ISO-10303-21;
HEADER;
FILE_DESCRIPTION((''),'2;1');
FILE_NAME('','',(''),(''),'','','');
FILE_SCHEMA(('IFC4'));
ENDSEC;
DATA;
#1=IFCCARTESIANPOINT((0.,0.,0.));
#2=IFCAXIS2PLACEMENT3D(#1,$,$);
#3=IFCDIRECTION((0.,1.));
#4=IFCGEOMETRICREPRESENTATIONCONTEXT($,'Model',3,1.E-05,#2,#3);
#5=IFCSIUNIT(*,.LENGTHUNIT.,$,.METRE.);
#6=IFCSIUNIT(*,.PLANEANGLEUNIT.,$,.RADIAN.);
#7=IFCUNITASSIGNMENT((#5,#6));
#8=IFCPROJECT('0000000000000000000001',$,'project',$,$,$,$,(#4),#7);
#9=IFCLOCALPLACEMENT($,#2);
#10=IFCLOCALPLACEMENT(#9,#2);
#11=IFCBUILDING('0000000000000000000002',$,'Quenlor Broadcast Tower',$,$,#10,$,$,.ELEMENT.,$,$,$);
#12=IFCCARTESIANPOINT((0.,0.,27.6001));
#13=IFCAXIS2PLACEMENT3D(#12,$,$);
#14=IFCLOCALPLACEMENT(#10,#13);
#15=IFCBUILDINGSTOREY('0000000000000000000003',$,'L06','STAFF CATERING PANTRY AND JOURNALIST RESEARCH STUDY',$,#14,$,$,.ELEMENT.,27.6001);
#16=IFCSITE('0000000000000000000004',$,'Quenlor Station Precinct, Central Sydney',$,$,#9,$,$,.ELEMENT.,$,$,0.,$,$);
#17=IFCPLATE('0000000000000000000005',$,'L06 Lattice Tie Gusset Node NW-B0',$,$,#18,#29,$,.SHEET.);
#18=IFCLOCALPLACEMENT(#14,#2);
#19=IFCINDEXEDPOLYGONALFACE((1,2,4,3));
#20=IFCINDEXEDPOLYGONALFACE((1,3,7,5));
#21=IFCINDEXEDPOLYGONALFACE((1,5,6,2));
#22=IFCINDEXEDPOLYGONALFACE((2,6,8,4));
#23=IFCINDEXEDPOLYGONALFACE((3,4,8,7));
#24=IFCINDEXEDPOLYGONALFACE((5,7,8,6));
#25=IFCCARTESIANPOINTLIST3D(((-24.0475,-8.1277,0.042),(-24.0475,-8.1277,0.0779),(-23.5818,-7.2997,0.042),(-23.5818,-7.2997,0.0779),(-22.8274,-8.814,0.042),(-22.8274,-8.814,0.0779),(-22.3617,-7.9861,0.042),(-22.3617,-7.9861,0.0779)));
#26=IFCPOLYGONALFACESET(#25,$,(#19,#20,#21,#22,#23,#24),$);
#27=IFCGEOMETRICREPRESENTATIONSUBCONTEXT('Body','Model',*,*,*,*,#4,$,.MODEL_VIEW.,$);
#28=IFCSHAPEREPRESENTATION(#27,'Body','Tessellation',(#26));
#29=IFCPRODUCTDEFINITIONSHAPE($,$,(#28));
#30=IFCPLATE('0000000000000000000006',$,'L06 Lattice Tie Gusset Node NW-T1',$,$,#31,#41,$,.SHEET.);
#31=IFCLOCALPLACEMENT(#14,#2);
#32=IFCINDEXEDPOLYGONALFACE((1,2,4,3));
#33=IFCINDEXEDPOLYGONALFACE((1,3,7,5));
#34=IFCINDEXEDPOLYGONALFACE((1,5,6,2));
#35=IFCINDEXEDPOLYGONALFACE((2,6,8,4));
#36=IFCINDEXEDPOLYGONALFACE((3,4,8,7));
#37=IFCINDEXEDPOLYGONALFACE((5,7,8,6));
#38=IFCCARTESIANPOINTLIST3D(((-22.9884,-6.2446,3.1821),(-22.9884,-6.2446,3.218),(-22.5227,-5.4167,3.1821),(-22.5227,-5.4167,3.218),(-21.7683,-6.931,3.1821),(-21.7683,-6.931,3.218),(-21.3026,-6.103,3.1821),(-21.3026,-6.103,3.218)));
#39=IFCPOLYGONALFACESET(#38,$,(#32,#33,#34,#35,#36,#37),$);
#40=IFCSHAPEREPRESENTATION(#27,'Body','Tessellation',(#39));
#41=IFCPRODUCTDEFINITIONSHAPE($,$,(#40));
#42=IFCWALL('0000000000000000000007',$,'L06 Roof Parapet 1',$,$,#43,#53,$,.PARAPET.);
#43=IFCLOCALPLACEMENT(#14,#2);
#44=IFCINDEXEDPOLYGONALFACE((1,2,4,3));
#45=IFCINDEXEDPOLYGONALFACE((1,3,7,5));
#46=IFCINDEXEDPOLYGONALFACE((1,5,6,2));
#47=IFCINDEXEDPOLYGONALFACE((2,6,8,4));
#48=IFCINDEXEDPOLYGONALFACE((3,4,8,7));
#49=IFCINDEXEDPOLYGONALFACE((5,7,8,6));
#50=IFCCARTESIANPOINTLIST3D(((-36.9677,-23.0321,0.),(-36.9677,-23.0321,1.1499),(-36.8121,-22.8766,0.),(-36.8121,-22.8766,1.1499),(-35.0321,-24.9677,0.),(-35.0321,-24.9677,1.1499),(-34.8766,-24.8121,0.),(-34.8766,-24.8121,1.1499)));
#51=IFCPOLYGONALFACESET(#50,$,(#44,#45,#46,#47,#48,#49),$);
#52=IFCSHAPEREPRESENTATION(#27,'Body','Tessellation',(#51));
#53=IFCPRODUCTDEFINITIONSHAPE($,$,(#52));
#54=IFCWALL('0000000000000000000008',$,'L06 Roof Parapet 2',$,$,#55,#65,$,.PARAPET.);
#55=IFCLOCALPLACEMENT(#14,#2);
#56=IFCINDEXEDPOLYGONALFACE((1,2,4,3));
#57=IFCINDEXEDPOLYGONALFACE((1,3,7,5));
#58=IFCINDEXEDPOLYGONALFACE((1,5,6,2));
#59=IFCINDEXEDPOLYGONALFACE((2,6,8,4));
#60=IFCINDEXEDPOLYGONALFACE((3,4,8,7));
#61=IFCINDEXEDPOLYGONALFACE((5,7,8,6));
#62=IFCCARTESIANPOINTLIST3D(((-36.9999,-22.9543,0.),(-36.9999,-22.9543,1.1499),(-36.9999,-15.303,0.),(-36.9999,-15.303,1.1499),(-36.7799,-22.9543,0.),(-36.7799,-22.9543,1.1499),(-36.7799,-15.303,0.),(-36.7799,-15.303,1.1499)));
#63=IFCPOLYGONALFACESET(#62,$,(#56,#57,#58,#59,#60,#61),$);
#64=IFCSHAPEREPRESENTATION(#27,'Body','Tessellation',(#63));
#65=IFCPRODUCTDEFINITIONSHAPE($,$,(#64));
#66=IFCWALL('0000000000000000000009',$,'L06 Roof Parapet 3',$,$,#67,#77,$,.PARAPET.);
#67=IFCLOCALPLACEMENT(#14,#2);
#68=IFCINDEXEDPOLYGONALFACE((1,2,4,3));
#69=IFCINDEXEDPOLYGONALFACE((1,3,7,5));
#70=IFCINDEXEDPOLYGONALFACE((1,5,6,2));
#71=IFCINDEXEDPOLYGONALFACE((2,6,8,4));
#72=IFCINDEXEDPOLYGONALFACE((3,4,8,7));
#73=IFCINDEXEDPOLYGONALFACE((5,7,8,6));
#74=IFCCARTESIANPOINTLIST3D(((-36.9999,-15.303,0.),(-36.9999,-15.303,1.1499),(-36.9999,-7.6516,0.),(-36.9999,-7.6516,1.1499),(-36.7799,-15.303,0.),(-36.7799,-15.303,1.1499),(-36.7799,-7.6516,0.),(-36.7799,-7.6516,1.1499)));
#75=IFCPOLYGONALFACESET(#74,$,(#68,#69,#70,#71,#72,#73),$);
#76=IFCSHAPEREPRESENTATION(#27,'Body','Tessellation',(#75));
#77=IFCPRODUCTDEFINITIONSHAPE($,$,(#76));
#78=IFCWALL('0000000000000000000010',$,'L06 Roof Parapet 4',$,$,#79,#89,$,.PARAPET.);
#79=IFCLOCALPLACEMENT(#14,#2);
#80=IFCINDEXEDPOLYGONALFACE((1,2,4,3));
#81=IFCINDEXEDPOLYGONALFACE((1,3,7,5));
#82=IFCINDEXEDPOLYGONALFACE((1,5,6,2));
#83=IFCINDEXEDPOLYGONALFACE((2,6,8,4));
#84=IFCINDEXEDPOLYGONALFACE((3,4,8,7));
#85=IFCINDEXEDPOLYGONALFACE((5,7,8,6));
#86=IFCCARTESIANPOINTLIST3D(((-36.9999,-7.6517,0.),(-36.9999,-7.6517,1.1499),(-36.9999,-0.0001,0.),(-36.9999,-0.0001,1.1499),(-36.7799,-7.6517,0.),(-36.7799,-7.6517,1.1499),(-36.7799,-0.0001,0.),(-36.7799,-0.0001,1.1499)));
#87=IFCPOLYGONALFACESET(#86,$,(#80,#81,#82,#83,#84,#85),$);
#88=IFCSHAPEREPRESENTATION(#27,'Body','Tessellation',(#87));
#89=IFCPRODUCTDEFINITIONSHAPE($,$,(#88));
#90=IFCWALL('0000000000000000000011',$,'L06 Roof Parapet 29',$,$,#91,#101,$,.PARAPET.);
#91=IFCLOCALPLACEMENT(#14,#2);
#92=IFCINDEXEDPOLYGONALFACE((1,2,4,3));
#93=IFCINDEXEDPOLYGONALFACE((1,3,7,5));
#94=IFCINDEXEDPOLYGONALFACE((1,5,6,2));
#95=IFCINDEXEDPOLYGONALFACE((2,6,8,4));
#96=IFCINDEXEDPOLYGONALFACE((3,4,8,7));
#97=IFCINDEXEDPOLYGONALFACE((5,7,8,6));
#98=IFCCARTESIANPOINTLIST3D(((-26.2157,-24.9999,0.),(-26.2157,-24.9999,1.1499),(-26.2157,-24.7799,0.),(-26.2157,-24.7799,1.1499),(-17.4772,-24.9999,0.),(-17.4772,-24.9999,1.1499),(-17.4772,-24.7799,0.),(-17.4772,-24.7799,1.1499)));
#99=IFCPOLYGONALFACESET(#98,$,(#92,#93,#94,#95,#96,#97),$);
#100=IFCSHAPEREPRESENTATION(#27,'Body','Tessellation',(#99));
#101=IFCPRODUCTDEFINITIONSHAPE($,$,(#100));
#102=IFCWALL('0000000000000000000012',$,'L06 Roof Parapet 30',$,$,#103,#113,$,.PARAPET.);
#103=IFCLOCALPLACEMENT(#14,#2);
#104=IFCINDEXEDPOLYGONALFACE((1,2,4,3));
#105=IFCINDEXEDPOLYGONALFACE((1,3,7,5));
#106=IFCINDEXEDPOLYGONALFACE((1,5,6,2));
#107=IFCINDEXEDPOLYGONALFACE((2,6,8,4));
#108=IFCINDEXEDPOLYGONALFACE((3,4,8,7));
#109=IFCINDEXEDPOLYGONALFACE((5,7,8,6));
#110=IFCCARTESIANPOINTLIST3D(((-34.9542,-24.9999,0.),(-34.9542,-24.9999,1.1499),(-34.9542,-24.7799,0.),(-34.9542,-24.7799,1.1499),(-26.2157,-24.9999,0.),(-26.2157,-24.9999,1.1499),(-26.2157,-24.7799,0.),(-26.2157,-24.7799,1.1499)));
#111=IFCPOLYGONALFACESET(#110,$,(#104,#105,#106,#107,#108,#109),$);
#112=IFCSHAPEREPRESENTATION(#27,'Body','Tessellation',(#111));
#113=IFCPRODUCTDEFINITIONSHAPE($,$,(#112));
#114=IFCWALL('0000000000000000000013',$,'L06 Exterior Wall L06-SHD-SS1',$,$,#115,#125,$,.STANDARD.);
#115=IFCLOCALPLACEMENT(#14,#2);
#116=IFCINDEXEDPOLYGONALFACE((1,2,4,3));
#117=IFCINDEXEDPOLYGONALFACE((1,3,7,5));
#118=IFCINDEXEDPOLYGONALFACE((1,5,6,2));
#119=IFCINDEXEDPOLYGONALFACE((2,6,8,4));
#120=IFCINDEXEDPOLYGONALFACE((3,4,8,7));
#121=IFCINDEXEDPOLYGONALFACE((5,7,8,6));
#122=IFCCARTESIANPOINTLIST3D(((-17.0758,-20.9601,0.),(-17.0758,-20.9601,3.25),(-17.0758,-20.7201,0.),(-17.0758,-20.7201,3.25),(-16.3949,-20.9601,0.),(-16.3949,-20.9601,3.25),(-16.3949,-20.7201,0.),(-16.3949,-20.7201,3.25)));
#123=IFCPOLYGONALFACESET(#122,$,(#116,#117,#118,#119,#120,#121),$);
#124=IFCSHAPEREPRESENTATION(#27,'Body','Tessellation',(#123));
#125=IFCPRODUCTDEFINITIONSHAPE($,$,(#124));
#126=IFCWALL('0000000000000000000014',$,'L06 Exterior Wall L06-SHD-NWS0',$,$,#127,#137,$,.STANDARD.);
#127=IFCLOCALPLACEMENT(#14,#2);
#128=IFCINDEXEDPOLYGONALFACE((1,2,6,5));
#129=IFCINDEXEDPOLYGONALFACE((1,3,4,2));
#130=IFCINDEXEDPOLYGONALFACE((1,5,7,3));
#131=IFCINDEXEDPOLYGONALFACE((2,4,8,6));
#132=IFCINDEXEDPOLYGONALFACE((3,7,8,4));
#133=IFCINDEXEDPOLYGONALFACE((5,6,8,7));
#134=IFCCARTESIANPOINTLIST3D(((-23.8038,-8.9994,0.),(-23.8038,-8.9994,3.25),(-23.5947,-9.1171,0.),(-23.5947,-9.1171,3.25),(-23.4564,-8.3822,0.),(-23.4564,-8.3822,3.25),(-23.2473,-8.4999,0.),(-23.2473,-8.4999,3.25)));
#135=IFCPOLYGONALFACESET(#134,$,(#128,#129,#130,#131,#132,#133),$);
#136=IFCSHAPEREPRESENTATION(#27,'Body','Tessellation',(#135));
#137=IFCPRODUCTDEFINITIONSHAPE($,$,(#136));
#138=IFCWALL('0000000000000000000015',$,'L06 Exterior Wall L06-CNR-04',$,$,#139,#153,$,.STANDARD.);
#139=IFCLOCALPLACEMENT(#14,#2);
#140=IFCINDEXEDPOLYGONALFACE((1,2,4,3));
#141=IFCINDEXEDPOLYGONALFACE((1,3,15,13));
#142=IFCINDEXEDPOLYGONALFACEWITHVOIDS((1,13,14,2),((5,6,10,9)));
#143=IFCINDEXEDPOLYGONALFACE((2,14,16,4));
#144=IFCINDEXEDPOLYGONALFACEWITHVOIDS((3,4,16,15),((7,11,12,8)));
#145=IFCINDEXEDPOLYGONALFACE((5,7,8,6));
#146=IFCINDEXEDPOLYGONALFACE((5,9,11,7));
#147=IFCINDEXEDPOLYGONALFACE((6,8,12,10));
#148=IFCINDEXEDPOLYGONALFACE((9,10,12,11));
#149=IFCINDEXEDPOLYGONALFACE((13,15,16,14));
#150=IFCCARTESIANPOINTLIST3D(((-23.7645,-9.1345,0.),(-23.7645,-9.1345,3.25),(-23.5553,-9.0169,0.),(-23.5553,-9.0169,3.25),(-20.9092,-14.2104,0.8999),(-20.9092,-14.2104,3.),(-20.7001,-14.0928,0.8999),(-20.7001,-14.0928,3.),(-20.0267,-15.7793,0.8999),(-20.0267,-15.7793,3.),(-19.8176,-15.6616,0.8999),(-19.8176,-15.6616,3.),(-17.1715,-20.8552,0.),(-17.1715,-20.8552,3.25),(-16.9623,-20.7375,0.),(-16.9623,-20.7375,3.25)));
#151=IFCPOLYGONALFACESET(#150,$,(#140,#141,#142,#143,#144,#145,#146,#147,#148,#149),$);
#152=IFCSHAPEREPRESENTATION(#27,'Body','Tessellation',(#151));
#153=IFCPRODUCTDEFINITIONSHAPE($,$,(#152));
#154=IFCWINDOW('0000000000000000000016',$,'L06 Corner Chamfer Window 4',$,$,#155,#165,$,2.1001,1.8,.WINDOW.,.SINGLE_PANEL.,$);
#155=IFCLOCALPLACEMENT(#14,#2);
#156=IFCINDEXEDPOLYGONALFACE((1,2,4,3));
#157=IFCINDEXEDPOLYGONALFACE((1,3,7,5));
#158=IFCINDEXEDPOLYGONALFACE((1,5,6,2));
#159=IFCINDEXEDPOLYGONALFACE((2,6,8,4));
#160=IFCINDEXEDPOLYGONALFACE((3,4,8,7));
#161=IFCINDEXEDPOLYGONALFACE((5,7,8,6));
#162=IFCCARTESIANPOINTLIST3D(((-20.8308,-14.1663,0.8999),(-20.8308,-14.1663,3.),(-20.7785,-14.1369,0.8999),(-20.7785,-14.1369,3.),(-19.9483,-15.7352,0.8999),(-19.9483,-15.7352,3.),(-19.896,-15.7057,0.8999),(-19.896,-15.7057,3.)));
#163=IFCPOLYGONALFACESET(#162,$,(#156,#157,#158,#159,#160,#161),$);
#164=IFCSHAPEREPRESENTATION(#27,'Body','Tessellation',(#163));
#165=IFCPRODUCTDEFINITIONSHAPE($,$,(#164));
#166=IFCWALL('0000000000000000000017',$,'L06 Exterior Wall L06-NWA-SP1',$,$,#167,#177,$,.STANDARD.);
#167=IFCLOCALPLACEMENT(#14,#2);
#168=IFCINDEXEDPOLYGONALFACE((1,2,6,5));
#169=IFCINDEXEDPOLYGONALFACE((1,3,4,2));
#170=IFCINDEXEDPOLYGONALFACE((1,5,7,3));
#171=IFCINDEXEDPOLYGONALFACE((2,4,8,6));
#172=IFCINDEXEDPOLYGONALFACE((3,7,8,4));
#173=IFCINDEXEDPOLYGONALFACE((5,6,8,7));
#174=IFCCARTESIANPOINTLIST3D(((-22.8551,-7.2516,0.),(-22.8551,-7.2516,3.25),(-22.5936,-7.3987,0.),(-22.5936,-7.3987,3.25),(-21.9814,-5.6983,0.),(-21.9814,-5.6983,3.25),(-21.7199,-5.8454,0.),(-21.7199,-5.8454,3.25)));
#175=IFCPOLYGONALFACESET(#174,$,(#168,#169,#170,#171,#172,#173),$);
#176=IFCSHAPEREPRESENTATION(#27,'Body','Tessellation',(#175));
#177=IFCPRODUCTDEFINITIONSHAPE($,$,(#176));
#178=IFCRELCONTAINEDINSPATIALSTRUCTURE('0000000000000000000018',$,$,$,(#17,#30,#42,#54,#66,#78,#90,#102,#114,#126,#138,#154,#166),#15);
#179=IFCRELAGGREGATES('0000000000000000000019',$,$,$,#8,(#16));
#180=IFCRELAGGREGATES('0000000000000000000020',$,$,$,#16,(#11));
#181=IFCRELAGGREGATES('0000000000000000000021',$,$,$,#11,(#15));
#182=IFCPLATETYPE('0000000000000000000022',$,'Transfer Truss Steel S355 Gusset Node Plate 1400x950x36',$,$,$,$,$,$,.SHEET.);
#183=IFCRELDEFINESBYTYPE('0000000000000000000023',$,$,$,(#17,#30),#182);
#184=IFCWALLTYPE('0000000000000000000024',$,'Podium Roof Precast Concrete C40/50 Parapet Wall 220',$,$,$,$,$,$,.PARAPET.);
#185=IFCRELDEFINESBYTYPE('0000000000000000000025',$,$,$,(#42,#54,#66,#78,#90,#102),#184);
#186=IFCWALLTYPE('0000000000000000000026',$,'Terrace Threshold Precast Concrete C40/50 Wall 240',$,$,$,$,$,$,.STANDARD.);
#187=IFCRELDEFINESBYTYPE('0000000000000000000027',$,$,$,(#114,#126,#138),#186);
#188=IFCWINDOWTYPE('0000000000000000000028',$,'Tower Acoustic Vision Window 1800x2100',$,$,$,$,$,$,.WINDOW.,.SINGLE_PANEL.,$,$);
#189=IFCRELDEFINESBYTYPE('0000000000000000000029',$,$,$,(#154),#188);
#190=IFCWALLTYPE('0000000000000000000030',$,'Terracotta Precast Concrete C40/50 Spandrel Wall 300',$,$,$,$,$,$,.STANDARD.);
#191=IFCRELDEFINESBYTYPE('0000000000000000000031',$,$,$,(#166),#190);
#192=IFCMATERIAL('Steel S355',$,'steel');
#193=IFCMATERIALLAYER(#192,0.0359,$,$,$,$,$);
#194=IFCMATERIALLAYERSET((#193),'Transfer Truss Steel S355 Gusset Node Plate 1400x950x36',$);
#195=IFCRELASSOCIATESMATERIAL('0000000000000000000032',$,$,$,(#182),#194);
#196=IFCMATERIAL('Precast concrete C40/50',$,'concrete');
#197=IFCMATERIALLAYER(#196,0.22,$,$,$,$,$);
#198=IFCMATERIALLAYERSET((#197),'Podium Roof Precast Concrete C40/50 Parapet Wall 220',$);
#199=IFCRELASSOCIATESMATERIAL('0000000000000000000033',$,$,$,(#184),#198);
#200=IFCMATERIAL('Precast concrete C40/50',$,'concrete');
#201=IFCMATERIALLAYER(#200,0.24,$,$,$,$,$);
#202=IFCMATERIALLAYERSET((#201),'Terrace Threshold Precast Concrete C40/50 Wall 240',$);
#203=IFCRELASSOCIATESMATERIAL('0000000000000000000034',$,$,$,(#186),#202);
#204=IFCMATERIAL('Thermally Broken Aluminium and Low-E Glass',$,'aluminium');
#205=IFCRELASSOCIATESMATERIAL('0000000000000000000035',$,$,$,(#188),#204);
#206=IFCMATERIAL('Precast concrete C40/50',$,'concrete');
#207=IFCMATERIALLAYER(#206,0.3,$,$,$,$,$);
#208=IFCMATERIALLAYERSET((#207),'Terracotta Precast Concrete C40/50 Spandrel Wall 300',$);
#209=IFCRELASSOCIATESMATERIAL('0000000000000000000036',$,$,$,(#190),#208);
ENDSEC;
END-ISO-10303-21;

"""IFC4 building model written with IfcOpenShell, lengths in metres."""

from ifc_helpers import new_model, si_unit, direction, frame, frame_2d, origin, origin_2d, place, context, subcontext, project, spatial, rectangle, extrude, material, layer, layer_set, type_object, element, fill, save


model = new_model("IFC4")

# Units and contexts
model_context = context("Model", 3, precision=1e-05, world=origin(), true_north=direction((0.0, 1.0)))
body_context = subcontext(model_context, "Body", "Model", "MODEL_VIEW")
ifc_project = project(units=[si_unit("LENGTHUNIT", "METRE"), si_unit("PLANEANGLEUNIT", "RADIAN")], contexts=[model_context])

# Site, building, storey
site_placement = place(None, origin())
site = spatial("IfcSite", under=ifc_project, at=site_placement, Name="Quenlor Station Precinct, Central Sydney", CompositionType="ELEMENT", RefElevation=0.0)
building_placement = place(site_placement, origin())
building = spatial("IfcBuilding", under=site, at=building_placement, Name="Quenlor Broadcast Tower", CompositionType="ELEMENT")
storey_placement = place(building_placement, frame((0.0, 0.0, 27.6001)))
storey = spatial("IfcBuildingStorey", under=building, at=storey_placement, Name="L06", Description="STAFF CATERING PANTRY AND JOURNALIST RESEARCH STUDY", CompositionType="ELEMENT", Elevation=27.6001)

# Plates
ifc_material_1 = material(Name="Steel S355", Category="steel")
ifc_layer_1 = layer(ifc_material_1, 0.0359)
ifc_layer_set_1 = layer_set([ifc_layer_1], Name="Transfer Truss Steel S355 Gusset Node Plate 1400x950x36")
plate_type_1 = type_object("IfcPlateType", Name="Transfer Truss Steel S355 Gusset Node Plate 1400x950x36", PredefinedType="SHEET", material=ifc_layer_set_1)
for number, where, z_axis, x_axis, name in (
    (1, (-23.2046, -8.0569, 0.042), (0.0, 0.0, 1.0), (-0.871556, 0.490295, 0.0), "L06 Lattice Tie Gusset Node NW-B0"),
    (2, (-22.1455, -6.1738, 3.1821), (0.0, 0.0, 1.0), (-0.871556, 0.490295, 0.0), "L06 Lattice Tie Gusset Node NW-T1"),
):
    element("IfcPlate", number, at=place(storey_placement, frame(where, z_axis=z_axis, x_axis=x_axis)), inside=storey, type_object=plate_type_1, Name=name, PredefinedType="SHEET", context=body_context, shape_type="SweptSolid", body=[
        extrude(rectangle(XDim=1.3999, YDim=0.95, at=origin_2d()), origin(), (0.0, 0.0, 1.0), 0.0359),
    ])

# Walls
ifc_material_2 = material(Name="Precast concrete C40/50", Category="concrete")
ifc_layer_2 = layer(ifc_material_2, 0.22)
ifc_layer_set_2 = layer_set([ifc_layer_2], Name="Podium Roof Precast Concrete C40/50 Parapet Wall 220")
wall_type_1 = type_object("IfcWallType", Name="Podium Roof Precast Concrete C40/50 Parapet Wall 220", PredefinedType="PARAPET", material=ifc_layer_set_2)
wall_1_placement = place(storey_placement, frame((-34.9543, -24.8899, 0.0), z_axis=(0.0, 0.0, 1.0), x_axis=(-0.707107, 0.707107, 0.0)))
element("IfcWall", 3, at=wall_1_placement, inside=storey, type_object=wall_type_1, Name="L06 Roof Parapet 1", PredefinedType="PARAPET", context=body_context, shape_type="SweptSolid", body=[
    extrude(rectangle(XDim=2.7373, YDim=0.22, at=frame_2d((1.3687, 0.0))), origin(), (0.0, 0.0, 1.0), 1.1499),
])
for number, where, z_axis, x_axis, name in (
    (4, (-36.8899, -22.9543, 0.0), (0.0, 0.0, 1.0), (0.0, 1.0, 0.0), "L06 Roof Parapet 2"),
    (5, (-36.8899, -15.303, 0.0), (0.0, 0.0, 1.0), (0.0, 1.0, 0.0), "L06 Roof Parapet 3"),
):
    element("IfcWall", number, at=place(storey_placement, frame(where, z_axis=z_axis, x_axis=x_axis)), inside=storey, type_object=wall_type_1, Name=name, PredefinedType="PARAPET", context=body_context, shape_type="SweptSolid", body=[
        extrude(rectangle(XDim=7.6514, YDim=0.22, at=frame_2d((3.8257, 0.0))), origin(), (0.0, 0.0, 1.0), 1.1499),
    ])
wall_2_placement = place(storey_placement, frame((-36.8899, -7.6516, 0.0), z_axis=(0.0, 0.0, 1.0), x_axis=(0.0, 1.0, 0.0)))
element("IfcWall", 6, at=wall_2_placement, inside=storey, type_object=wall_type_1, Name="L06 Roof Parapet 4", PredefinedType="PARAPET", context=body_context, shape_type="SweptSolid", body=[
    extrude(rectangle(XDim=7.6516, YDim=0.22, at=frame_2d((3.8257, 0.0))), origin(), (0.0, 0.0, 1.0), 1.1499),
])
for number, where, z_axis, x_axis, name in (
    (7, (-17.4773, -24.8899, 0.0), (0.0, 0.0, 1.0), (-1.0, 0.0, 0.0), "L06 Roof Parapet 29"),
    (8, (-26.2158, -24.8899, 0.0), (0.0, 0.0, 1.0), (-1.0, 0.0, 0.0), "L06 Roof Parapet 30"),
):
    element("IfcWall", number, at=place(storey_placement, frame(where, z_axis=z_axis, x_axis=x_axis)), inside=storey, type_object=wall_type_1, Name=name, PredefinedType="PARAPET", context=body_context, shape_type="SweptSolid", body=[
        extrude(rectangle(XDim=8.7385, YDim=0.22, at=frame_2d((4.3691, 0.0))), origin(), (0.0, 0.0, 1.0), 1.1499),
    ])
ifc_material_3 = material(Name="Precast concrete C40/50", Category="concrete")
ifc_layer_3 = layer(ifc_material_3, 0.24)
ifc_layer_set_3 = layer_set([ifc_layer_3], Name="Terrace Threshold Precast Concrete C40/50 Wall 240")
wall_type_2 = type_object("IfcWallType", Name="Terrace Threshold Precast Concrete C40/50 Wall 240", PredefinedType="STANDARD", material=ifc_layer_set_3)
wall_3_placement = place(storey_placement, frame((-16.395, -20.8401, 0.0), z_axis=(0.0, 0.0, 1.0), x_axis=(-1.0, 0.0, 0.0)))
element("IfcWall", 9, at=wall_3_placement, inside=storey, type_object=wall_type_2, Name="L06 Exterior Wall L06-SHD-SS1", PredefinedType="STANDARD", context=body_context, shape_type="SweptSolid", body=[
    extrude(rectangle(XDim=0.6809, YDim=0.24, at=frame_2d((0.3403, 0.0))), origin(), (0.0, 0.0, 1.0), 3.25),
])
wall_4_placement = place(storey_placement, frame((-23.6992, -9.0581, 0.0), z_axis=(0.0, 0.0, 1.0), x_axis=(0.490523, 0.871428, 0.0)))
element("IfcWall", 10, at=wall_4_placement, inside=storey, type_object=wall_type_2, Name="L06 Exterior Wall L06-SHD-NWS0", PredefinedType="STANDARD", context=body_context, shape_type="SweptSolid", body=[
    extrude(rectangle(XDim=0.7083, YDim=0.24, at=frame_2d((0.354, 0.0))), origin(), (0.0, 0.0, 1.0), 3.25),
])

# Wall, opening, window
wall_5_placement = place(storey_placement, frame((-23.6599, -9.0757, 0.0), z_axis=(0.0, 0.0, 1.0), x_axis=(0.490268, -0.871572, 0.0)))
wall_5 = element("IfcWall", 11, at=wall_5_placement, inside=storey, type_object=wall_type_2, Name="L06 Exterior Wall L06-CNR-04", PredefinedType="STANDARD", context=body_context, shape_type="SweptSolid", body=[
    extrude(rectangle(XDim=13.4478, YDim=0.24, at=frame_2d((6.7239, 0.0))), origin(), (0.0, 0.0, 1.0), 3.25),
])
opening_placement = place(wall_5_placement, frame((5.824, 0.0, 0.8999)))
opening = element("IfcOpeningElement", 12, at=opening_placement, cuts=wall_5, PredefinedType="OPENING", context=body_context, shape_type="SweptSolid", body=[
    extrude(rectangle(XDim=1.8, YDim=2.1001, at=frame_2d((0.8999, 1.05))), frame((0.0, 0.1299, 0.0), z_axis=(0.0, -1.0, 0.0), x_axis=(1.0, 0.0, 0.0)), (0.0, 0.0, 1.0), 0.26),
])
ifc_material_4 = material(Name="Thermally Broken Aluminium and Low-E Glass", Category="aluminium")
window_type = type_object("IfcWindowType", Name="Tower Acoustic Vision Window 1800x2100", PartitioningType="SINGLE_PANEL", PredefinedType="WINDOW", material=ifc_material_4)
window_placement = place(opening_placement, origin())
window = element("IfcWindow", 13, at=window_placement, inside=storey, type_object=window_type, Name="L06 Corner Chamfer Window 4", OverallHeight=2.1001, OverallWidth=1.8, PartitioningType="SINGLE_PANEL", PredefinedType="WINDOW", context=body_context, shape_type="SweptSolid", body=[
    extrude(rectangle(XDim=1.8, YDim=2.1001, at=frame_2d((0.8999, 1.05))), frame((0.0, 0.03, 0.0), z_axis=(0.0, -1.0, 0.0), x_axis=(1.0, 0.0, 0.0)), (0.0, 0.0, 1.0), 0.0601),
])
fill(opening, window)

# Wall
ifc_material_5 = material(Name="Precast concrete C40/50", Category="concrete")
ifc_layer_4 = layer(ifc_material_5, 0.3)
ifc_layer_set_4 = layer_set([ifc_layer_4], Name="Terracotta Precast Concrete C40/50 Spandrel Wall 300")
wall_type_3 = type_object("IfcWallType", Name="Terracotta Precast Concrete C40/50 Spandrel Wall 300", PredefinedType="STANDARD", material=ifc_layer_set_4)
wall_6_placement = place(storey_placement, frame((-22.7244, -7.3252, 0.0), z_axis=(0.0, 0.0, 1.0), x_axis=(0.490242, 0.871587, 0.0)))
element("IfcWall", 14, at=wall_6_placement, inside=storey, type_object=wall_type_3, Name="L06 Exterior Wall L06-NWA-SP1", PredefinedType="STANDARD", context=body_context, shape_type="SweptSolid", body=[
    extrude(rectangle(XDim=1.7822, YDim=0.3, at=frame_2d((0.8911, 0.0))), origin(), (0.0, 0.0, 1.0), 3.25),
])

save(model, "model.ifc")
